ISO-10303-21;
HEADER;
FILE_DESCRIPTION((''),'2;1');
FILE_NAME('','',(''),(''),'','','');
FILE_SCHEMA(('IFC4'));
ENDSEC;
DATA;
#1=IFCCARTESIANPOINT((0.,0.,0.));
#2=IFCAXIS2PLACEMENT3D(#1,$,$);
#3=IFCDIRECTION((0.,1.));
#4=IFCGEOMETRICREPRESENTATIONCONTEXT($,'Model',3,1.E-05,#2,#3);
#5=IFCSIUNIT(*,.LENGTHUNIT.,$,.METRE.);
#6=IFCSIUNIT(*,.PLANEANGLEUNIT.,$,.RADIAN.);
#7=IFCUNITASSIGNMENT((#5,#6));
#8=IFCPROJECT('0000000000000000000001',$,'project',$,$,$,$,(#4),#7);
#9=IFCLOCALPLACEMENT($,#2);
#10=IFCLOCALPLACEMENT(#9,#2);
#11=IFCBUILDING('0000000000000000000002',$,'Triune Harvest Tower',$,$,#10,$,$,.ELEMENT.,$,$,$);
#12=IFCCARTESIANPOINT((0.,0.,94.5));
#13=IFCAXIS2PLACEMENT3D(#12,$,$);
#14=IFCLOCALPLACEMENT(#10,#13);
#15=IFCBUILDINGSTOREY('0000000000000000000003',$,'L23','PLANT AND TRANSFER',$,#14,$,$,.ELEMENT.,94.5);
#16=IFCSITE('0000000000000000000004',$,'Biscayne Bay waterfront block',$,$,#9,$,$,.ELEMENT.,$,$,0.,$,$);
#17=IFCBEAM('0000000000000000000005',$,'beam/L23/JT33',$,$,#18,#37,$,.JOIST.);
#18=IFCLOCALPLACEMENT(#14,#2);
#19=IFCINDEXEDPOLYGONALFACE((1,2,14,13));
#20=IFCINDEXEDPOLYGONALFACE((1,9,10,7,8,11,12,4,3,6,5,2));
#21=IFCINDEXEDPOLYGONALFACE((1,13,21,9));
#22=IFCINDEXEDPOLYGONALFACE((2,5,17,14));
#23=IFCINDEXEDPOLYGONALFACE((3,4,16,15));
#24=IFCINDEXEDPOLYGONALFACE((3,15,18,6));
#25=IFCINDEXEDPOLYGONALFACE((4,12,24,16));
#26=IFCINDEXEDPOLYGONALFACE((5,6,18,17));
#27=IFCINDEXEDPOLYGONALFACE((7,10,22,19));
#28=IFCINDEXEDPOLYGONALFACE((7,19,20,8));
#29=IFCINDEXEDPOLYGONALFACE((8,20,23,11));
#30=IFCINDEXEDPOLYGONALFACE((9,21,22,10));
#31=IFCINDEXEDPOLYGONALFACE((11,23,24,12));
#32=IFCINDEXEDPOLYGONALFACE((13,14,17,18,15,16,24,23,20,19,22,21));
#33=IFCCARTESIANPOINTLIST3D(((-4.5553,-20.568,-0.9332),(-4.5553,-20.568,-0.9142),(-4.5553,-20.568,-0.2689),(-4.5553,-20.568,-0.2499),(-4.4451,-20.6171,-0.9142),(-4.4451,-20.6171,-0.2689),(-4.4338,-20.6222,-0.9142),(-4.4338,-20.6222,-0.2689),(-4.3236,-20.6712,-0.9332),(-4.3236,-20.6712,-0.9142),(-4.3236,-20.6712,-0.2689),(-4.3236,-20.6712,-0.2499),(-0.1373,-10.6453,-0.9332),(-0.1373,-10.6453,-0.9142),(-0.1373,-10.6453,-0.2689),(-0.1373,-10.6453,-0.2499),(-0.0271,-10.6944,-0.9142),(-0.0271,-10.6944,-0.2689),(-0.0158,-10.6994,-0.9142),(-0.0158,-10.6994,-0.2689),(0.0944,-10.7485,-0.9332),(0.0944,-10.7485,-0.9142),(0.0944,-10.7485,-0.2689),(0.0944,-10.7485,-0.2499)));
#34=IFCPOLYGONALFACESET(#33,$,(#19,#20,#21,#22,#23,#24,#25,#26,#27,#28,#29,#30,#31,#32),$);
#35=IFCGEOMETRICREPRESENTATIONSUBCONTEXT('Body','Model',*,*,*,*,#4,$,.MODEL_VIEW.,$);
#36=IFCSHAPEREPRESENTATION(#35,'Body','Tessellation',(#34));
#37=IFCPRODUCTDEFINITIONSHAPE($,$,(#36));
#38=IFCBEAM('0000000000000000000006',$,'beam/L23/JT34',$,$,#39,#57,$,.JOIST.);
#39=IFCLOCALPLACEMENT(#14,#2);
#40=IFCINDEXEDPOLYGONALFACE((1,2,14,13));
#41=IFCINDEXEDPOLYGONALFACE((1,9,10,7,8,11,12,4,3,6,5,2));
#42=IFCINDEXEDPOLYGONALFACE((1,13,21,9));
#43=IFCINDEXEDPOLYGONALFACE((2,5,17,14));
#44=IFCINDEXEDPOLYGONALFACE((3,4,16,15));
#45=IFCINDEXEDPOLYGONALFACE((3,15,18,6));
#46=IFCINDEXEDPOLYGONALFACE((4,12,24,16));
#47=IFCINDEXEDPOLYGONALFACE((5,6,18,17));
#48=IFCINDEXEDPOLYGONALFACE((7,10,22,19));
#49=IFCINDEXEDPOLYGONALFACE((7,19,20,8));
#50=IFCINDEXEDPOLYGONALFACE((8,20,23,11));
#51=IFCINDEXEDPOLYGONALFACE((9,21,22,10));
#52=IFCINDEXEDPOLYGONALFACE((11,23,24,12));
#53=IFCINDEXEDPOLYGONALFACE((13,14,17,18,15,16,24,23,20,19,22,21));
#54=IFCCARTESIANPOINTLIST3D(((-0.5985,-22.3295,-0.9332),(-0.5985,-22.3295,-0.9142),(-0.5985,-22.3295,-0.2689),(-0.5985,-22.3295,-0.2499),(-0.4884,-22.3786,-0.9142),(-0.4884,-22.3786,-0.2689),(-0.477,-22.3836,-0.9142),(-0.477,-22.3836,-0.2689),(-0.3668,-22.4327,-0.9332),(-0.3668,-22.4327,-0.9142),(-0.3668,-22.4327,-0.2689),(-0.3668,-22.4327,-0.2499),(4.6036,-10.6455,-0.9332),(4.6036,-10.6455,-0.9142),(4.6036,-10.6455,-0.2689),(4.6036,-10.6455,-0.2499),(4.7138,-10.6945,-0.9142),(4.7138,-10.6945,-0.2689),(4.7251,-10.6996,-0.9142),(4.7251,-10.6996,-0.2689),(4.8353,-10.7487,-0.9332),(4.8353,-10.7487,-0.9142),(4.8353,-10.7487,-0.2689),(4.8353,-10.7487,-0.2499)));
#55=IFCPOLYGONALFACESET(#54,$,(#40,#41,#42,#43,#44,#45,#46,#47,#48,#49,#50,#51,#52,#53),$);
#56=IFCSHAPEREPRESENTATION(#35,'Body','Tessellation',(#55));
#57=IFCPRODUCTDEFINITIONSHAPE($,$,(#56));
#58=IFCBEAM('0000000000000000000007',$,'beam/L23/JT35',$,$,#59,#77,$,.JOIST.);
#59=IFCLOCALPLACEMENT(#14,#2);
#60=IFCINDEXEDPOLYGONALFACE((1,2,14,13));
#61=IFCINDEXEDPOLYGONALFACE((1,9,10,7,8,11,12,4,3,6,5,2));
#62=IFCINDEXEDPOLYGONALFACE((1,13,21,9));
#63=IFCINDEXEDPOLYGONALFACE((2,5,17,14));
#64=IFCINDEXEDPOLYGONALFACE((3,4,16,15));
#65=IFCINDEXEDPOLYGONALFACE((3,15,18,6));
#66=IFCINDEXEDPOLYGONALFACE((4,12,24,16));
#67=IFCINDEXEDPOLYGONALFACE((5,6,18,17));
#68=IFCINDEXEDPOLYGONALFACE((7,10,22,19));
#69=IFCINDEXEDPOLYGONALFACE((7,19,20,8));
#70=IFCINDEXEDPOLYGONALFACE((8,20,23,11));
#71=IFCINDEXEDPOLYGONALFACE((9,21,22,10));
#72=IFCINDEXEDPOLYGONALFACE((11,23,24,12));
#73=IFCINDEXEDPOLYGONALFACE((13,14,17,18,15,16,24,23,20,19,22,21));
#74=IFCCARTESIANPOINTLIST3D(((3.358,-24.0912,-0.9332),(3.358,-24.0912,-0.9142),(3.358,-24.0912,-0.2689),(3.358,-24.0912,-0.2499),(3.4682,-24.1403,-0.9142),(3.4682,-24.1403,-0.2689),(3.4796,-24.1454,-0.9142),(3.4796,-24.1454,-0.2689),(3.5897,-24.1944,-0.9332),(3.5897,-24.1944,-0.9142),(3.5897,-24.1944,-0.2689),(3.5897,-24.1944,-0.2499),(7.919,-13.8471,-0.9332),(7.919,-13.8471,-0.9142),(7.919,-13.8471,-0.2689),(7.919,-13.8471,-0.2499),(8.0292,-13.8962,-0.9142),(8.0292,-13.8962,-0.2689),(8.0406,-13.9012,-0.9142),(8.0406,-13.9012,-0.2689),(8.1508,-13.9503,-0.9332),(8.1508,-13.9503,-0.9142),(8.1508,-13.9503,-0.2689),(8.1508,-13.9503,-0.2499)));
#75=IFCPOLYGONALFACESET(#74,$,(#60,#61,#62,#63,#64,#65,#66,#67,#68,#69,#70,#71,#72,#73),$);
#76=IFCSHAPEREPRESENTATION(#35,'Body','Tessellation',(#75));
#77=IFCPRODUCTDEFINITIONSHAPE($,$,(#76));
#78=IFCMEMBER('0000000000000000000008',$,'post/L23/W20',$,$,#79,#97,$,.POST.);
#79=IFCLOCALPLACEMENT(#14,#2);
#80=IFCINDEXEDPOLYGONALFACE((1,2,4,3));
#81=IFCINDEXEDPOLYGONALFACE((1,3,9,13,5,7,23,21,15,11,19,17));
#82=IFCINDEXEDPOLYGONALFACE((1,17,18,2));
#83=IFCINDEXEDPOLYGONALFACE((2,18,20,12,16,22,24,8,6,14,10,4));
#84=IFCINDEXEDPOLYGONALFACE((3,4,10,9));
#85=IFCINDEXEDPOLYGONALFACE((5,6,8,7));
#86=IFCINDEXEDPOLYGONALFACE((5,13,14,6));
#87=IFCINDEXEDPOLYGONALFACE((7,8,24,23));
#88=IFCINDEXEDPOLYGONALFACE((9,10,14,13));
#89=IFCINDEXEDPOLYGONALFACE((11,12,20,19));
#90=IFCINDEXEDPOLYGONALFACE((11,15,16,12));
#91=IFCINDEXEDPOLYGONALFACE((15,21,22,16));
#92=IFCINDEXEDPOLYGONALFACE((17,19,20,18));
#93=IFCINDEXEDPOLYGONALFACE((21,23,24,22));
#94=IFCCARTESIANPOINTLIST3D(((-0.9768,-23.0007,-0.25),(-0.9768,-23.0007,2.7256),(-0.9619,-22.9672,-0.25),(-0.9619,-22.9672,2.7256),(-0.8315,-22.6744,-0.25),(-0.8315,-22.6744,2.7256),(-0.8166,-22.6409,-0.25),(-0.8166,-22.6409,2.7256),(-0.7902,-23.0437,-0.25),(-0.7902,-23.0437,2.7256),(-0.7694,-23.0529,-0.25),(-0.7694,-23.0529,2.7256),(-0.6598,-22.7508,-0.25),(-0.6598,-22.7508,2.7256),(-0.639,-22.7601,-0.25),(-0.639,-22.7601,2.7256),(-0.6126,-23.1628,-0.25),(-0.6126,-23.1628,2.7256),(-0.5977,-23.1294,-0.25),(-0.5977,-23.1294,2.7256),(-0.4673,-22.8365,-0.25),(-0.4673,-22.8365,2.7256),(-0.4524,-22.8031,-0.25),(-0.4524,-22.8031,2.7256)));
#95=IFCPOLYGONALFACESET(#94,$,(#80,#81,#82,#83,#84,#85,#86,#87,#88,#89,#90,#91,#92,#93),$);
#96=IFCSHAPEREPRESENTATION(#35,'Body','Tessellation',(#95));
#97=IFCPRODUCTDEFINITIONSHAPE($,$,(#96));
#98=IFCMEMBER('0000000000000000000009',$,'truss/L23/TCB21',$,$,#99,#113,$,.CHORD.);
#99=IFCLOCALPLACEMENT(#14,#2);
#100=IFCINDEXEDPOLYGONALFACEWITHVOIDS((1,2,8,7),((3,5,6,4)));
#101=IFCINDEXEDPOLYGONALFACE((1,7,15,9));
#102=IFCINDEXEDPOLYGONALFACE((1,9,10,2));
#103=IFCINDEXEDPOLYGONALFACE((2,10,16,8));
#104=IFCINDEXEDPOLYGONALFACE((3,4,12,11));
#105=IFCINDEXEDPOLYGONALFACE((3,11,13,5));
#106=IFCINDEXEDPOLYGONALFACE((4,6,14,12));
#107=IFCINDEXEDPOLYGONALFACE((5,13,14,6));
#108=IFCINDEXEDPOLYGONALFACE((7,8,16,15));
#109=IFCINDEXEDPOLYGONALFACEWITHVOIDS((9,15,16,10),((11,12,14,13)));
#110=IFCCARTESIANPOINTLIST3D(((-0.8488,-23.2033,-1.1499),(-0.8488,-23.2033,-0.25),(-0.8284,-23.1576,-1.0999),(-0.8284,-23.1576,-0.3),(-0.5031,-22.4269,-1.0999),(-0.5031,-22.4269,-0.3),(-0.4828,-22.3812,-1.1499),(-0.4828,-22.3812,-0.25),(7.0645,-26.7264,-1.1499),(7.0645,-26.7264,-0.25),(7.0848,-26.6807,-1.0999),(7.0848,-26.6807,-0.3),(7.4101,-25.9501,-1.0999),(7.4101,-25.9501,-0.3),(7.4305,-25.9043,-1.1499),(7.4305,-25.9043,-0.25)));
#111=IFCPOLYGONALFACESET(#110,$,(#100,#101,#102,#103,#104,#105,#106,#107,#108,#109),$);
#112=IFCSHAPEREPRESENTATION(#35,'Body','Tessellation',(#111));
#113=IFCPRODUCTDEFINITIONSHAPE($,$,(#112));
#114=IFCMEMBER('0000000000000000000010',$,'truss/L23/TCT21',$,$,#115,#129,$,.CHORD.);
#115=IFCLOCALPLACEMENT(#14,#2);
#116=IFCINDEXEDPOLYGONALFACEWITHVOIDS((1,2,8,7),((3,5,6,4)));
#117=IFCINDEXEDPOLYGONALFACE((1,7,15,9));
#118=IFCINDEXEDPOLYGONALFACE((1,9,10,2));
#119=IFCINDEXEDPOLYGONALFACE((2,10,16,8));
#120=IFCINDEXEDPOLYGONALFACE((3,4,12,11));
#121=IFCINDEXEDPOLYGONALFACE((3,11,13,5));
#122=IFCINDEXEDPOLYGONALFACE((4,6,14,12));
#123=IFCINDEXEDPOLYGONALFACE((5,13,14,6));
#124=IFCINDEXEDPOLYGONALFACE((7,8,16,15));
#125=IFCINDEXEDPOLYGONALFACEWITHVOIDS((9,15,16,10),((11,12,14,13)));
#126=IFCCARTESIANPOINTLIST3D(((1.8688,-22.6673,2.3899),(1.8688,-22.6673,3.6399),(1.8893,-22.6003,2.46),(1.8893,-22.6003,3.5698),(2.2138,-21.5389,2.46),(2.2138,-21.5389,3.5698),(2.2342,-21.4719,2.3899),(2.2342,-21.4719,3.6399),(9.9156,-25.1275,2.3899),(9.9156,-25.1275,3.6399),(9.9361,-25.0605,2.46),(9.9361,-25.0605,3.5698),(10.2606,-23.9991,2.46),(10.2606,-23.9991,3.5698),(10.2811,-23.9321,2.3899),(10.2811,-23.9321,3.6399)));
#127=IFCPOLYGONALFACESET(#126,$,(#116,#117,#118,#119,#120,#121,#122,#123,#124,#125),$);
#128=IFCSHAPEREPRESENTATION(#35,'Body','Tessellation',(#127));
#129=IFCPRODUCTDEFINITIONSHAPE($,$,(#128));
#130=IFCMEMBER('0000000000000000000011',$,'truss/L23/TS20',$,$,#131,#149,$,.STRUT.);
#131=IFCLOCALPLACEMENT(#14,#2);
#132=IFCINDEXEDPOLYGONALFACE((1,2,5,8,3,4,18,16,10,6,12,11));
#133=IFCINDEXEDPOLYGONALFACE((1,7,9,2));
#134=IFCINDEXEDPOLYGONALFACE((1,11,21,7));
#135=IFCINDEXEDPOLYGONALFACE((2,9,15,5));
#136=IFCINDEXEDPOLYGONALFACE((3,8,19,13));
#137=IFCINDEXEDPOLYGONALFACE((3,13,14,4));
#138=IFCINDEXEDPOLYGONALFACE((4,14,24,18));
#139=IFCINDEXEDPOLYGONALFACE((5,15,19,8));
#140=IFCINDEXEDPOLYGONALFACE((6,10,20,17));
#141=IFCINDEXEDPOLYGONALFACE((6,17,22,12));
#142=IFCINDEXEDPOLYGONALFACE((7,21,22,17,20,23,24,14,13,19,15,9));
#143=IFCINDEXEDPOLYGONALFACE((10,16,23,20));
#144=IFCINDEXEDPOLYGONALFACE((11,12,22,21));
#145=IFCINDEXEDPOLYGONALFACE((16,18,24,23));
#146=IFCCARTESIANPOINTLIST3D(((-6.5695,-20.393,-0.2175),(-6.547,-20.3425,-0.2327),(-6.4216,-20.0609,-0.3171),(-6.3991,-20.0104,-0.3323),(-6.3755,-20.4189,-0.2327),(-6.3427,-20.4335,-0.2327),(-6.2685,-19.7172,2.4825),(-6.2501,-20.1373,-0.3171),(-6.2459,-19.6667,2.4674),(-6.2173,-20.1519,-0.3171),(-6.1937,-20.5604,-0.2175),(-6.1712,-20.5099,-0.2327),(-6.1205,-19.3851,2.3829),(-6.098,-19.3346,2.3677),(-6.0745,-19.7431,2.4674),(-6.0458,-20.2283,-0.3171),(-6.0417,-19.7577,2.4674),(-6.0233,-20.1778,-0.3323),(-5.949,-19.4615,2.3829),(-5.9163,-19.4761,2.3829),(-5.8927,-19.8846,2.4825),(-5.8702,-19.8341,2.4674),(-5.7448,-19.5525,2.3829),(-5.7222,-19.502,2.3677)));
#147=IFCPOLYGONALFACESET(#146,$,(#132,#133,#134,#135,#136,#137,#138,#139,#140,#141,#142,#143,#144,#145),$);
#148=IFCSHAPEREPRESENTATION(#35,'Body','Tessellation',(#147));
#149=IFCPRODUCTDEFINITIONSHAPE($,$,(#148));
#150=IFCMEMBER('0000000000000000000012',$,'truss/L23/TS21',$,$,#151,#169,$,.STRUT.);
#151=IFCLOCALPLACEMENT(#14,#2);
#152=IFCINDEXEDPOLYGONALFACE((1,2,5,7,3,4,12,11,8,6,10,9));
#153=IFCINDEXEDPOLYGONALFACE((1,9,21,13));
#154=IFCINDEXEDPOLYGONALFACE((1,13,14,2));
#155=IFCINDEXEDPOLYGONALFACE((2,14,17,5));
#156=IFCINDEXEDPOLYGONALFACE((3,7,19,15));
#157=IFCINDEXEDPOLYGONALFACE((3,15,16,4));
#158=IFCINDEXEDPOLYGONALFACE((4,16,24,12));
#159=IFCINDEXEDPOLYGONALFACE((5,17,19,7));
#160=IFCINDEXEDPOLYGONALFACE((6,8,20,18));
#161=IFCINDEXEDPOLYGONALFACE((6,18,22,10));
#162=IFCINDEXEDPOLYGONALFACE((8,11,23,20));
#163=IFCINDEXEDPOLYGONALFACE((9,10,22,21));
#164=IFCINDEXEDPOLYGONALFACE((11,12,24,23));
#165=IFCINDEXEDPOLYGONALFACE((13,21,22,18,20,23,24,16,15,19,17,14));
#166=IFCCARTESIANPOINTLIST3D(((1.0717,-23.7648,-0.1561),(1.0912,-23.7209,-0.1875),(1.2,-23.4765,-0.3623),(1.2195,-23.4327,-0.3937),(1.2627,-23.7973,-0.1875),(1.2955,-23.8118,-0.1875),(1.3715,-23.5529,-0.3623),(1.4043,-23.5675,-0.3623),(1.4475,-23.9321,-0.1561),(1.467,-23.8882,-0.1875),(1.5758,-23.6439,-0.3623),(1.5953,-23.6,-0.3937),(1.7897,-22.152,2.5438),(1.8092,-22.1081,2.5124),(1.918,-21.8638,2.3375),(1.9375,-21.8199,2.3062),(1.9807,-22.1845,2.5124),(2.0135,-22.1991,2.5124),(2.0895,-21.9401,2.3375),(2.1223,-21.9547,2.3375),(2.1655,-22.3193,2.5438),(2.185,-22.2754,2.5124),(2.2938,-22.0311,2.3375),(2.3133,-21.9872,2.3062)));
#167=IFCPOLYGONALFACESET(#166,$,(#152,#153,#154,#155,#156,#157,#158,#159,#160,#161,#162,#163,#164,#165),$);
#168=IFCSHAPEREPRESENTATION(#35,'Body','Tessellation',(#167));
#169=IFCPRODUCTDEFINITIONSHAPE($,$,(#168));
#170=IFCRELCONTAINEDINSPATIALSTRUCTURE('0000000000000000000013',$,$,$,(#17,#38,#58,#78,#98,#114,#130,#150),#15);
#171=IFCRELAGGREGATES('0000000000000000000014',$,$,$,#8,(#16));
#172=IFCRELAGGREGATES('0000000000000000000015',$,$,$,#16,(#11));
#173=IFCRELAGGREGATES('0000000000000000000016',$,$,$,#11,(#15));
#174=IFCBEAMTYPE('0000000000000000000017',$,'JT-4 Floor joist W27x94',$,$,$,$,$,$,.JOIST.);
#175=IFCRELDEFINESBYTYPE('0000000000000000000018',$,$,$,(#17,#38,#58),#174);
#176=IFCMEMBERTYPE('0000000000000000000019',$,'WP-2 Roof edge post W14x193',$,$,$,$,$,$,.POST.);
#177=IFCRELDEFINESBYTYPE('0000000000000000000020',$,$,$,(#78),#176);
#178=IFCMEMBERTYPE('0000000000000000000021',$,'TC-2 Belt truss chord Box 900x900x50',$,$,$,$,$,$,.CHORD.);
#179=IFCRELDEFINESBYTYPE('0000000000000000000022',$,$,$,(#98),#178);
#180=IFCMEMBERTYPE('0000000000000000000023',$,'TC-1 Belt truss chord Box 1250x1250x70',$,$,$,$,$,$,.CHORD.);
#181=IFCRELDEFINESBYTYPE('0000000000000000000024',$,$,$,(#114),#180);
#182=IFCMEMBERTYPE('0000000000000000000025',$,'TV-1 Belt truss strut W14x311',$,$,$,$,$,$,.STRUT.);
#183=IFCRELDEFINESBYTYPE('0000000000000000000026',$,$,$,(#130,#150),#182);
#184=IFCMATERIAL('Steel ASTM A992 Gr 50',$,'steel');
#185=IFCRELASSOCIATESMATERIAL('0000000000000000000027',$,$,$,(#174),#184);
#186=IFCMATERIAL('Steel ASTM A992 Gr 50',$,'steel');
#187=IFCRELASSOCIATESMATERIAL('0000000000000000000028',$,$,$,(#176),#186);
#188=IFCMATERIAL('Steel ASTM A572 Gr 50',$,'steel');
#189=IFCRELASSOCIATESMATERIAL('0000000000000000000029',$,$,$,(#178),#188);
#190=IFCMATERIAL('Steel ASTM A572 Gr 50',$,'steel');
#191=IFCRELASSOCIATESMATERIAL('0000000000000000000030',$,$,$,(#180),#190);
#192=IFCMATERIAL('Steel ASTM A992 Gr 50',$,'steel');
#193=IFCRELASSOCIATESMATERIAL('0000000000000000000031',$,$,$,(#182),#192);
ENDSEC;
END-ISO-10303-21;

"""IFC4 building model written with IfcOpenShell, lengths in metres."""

from ifc_helpers import new_model, si_unit, direction, frame, origin, origin_2d, place, context, subcontext, project, spatial, hollow_rectangle, i_section, extrude, source, transform, mapped, material, material_profile, profile_set, type_object, element, save


model = new_model("IFC4")

# Units and contexts
model_context = context("Model", 3, precision=1e-05, world=origin(), true_north=direction((0.0, 1.0)))
body_context = subcontext(model_context, "Body", "Model", "MODEL_VIEW")
ifc_project = project(units=[si_unit("LENGTHUNIT", "METRE"), si_unit("PLANEANGLEUNIT", "RADIAN")], contexts=[model_context])

# Site, building, storey
site_placement = place(None, origin())
site = spatial("IfcSite", under=ifc_project, at=site_placement, Name="Biscayne Bay waterfront block", CompositionType="ELEMENT", RefElevation=0.0)
building_placement = place(site_placement, origin())
building = spatial("IfcBuilding", under=site, at=building_placement, Name="Triune Harvest Tower", CompositionType="ELEMENT")
storey_placement = place(building_placement, frame((0.0, 0.0, 94.5)))
storey = spatial("IfcBuildingStorey", under=building, at=storey_placement, Name="L23", Description="PLANT AND TRANSFER", CompositionType="ELEMENT", Elevation=94.5)

# Beams
ifc_material_1 = material(Name="Steel ASTM A992 Gr 50", Category="steel")
ifc_material_profile_1 = material_profile(ifc_material_1, i_section(OverallWidth=0.2537, OverallDepth=0.6833, WebThickness=0.0125, FlangeThickness=0.019, at=origin_2d()), Name="W27x94")
ifc_profile_set_1 = profile_set([ifc_material_profile_1], Name="Steel ASTM A992 Gr 50")
beam_type = type_object("IfcBeamType", Name="JT-4 Floor joist W27x94", PredefinedType="JOIST", material=ifc_profile_set_1)
beam_1_placement = place(storey_placement, frame((-4.4395, -20.6196, -0.5916), z_axis=(0.406747, 0.913541, 0.0), x_axis=(-0.913541, 0.406747, 0.0)))
element("IfcBeam", 1, at=beam_1_placement, inside=storey, type_object=beam_type, Name="beam/L23/JT33", PredefinedType="JOIST", context=body_context, shape_type="SweptSolid", body=[
    extrude(i_section(OverallWidth=0.2537, OverallDepth=0.6833, WebThickness=0.0125, FlangeThickness=0.019, at=origin_2d()), origin(), (0.0, 0.0, 1.0), 10.8618),
])
shared_shape_1 = source(origin(), body_context, "Body", "SweptSolid", [
    extrude(i_section(OverallWidth=0.2537, OverallDepth=0.6833, WebThickness=0.0125, FlangeThickness=0.019, at=origin_2d()), origin(), (0.0, 0.0, 1.0), 12.7898),
])
beam_2_placement = place(storey_placement, frame((-0.4827, -22.3811, -0.5916), z_axis=(0.406741, 0.913544, 0.0), x_axis=(-0.913544, 0.406741, 0.0)))
element("IfcBeam", 2, at=beam_2_placement, inside=storey, type_object=beam_type, Name="beam/L23/JT34", PredefinedType="JOIST", context=body_context, shape_type="MappedRepresentation", body=[
    mapped(shared_shape_1, transform((0.0, 0.0, 0.0), scale=1.0)),
])
shared_shape_2 = source(origin(), body_context, "Body", "SweptSolid", [
    extrude(i_section(OverallWidth=0.2537, OverallDepth=0.6833, WebThickness=0.0125, FlangeThickness=0.019, at=origin_2d()), origin(), (0.0, 0.0, 1.0), 11.2136),
])
beam_3_placement = place(storey_placement, frame((3.4739, -24.1428, -0.5916), z_axis=(0.40674, 0.913544, 0.0), x_axis=(-0.913544, 0.40674, 0.0)))
element("IfcBeam", 3, at=beam_3_placement, inside=storey, type_object=beam_type, Name="beam/L23/JT35", PredefinedType="JOIST", context=body_context, shape_type="MappedRepresentation", body=[
    mapped(shared_shape_2, transform((0.0, 0.0, 0.0), scale=1.0)),
])

# Members
ifc_material_2 = material(Name="Steel ASTM A992 Gr 50", Category="steel")
ifc_material_profile_2 = material_profile(ifc_material_2, i_section(OverallWidth=0.3987, OverallDepth=0.3938, WebThickness=0.0227, FlangeThickness=0.0366, at=origin_2d()), Name="W14x193")
ifc_profile_set_2 = profile_set([ifc_material_profile_2], Name="Steel ASTM A992 Gr 50")
member_type_1 = type_object("IfcMemberType", Name="WP-2 Roof edge post W14x193", PredefinedType="POST", material=ifc_profile_set_2)
shared_shape_3 = source(origin(), body_context, "Body", "SweptSolid", [
    extrude(i_section(OverallWidth=0.3987, OverallDepth=0.3938, WebThickness=0.0227, FlangeThickness=0.0366, at=origin_2d()), origin(), (0.0, 0.0, 1.0), 2.9756),
])
member_1_placement = place(storey_placement, frame((-0.7146, -22.9019, -0.25), z_axis=(0.0, 0.0, 1.0), x_axis=(0.913545, -0.406737, 0.0)))
element("IfcMember", 4, at=member_1_placement, inside=storey, type_object=member_type_1, Name="post/L23/W20", PredefinedType="POST", context=body_context, shape_type="MappedRepresentation", body=[
    mapped(shared_shape_3, transform((0.0, 0.0, 0.0), scale=1.0)),
])
ifc_material_3 = material(Name="Steel ASTM A572 Gr 50", Category="steel")
ifc_material_profile_3 = material_profile(ifc_material_3, hollow_rectangle(XDim=0.8999, YDim=0.8999, WallThickness=0.05, at=origin_2d()), Name="Box 900x900x50")
ifc_profile_set_3 = profile_set([ifc_material_profile_3], Name="Steel ASTM A572 Gr 50")
member_type_2 = type_object("IfcMemberType", Name="TC-2 Belt truss chord Box 900x900x50", PredefinedType="CHORD", material=ifc_profile_set_3)
shared_shape_4 = source(origin(), body_context, "Body", "SweptSolid", [
    extrude(hollow_rectangle(XDim=0.8999, YDim=0.8999, WallThickness=0.05, at=origin_2d()), origin(), (0.0, 0.0, 1.0), 8.6621),
])
member_2_placement = place(storey_placement, frame((-0.6658, -22.7922, -0.7), z_axis=(0.913548, -0.406732, 0.0), x_axis=(0.406732, 0.913548, 0.0)))
element("IfcMember", 5, at=member_2_placement, inside=storey, type_object=member_type_2, Name="truss/L23/TCB21", PredefinedType="CHORD", context=body_context, shape_type="MappedRepresentation", body=[
    mapped(shared_shape_4, transform((0.0, 0.0, 0.0), scale=1.0)),
])
ifc_material_4 = material(Name="Steel ASTM A572 Gr 50", Category="steel")
ifc_material_profile_4 = material_profile(ifc_material_4, hollow_rectangle(XDim=1.25, YDim=1.25, WallThickness=0.0701, at=origin_2d()), Name="Box 1250x1250x70")
ifc_profile_set_4 = profile_set([ifc_material_profile_4], Name="Steel ASTM A572 Gr 50")
member_type_3 = type_object("IfcMemberType", Name="TC-1 Belt truss chord Box 1250x1250x70", PredefinedType="CHORD", material=ifc_profile_set_4)
shared_shape_5 = source(origin(), body_context, "Body", "SweptSolid", [
    extrude(hollow_rectangle(XDim=1.25, YDim=1.25, WallThickness=0.0701, at=origin_2d()), origin(), (0.0, 0.0, 1.0), 8.4146),
])
member_3_placement = place(storey_placement, frame((2.0515, -22.0696, 3.0149), z_axis=(0.956304, -0.292375, 0.0), x_axis=(0.292375, 0.956304, 0.0)))
element("IfcMember", 6, at=member_3_placement, inside=storey, type_object=member_type_3, Name="truss/L23/TCT21", PredefinedType="CHORD", context=body_context, shape_type="MappedRepresentation", body=[
    mapped(shared_shape_5, transform((0.0, 0.0, 0.0), scale=1.0)),
])
ifc_material_5 = material(Name="Steel ASTM A992 Gr 50", Category="steel")
ifc_material_profile_5 = material_profile(ifc_material_5, i_section(OverallWidth=0.4114, OverallDepth=0.4343, WebThickness=0.0359, FlangeThickness=0.0574, at=origin_2d()), Name="W14x311")
ifc_profile_set_5 = profile_set([ifc_material_profile_5], Name="Steel ASTM A992 Gr 50")
member_type_4 = type_object("IfcMemberType", Name="TV-1 Belt truss strut W14x311", PredefinedType="STRUT", material=ifc_profile_set_5)
shared_shape_6 = source(origin(), body_context, "Body", "SweptSolid", [
    extrude(i_section(OverallWidth=0.4114, OverallDepth=0.4343, WebThickness=0.0359, FlangeThickness=0.0574, at=origin_2d()), origin(), (0.0, 0.0, 1.0), 2.7996),
])
member_4_placement = place(storey_placement, frame((-6.2964, -20.2854, -0.2749), z_axis=(0.107529, 0.241396, 0.964451), x_axis=(-0.913471, 0.406904, 0.0)))
element("IfcMember", 7, at=member_4_placement, inside=storey, type_object=member_type_4, Name="truss/L23/TS20", PredefinedType="STRUT", context=body_context, shape_type="MappedRepresentation", body=[
    mapped(shared_shape_6, transform((0.0, 0.0, 0.0), scale=1.0)),
])
shared_shape_7 = source(origin(), body_context, "Body", "SweptSolid", [
    extrude(i_section(OverallWidth=0.4114, OverallDepth=0.4343, WebThickness=0.0359, FlangeThickness=0.0574, at=origin_2d()), origin(), (0.0, 0.0, 1.0), 3.2258),
])
member_5_placement = place(storey_placement, frame((1.3335, -23.6824, -0.2749), z_axis=(0.222579, 0.499952, 0.836962), x_axis=(-0.913555, 0.406716, 0.0)))
element("IfcMember", 8, at=member_5_placement, inside=storey, type_object=member_type_4, Name="truss/L23/TS21", PredefinedType="STRUT", context=body_context, shape_type="MappedRepresentation", body=[
    mapped(shared_shape_7, transform((0.0, 0.0, 0.0), scale=1.0)),
])

save(model, "model.ifc")
